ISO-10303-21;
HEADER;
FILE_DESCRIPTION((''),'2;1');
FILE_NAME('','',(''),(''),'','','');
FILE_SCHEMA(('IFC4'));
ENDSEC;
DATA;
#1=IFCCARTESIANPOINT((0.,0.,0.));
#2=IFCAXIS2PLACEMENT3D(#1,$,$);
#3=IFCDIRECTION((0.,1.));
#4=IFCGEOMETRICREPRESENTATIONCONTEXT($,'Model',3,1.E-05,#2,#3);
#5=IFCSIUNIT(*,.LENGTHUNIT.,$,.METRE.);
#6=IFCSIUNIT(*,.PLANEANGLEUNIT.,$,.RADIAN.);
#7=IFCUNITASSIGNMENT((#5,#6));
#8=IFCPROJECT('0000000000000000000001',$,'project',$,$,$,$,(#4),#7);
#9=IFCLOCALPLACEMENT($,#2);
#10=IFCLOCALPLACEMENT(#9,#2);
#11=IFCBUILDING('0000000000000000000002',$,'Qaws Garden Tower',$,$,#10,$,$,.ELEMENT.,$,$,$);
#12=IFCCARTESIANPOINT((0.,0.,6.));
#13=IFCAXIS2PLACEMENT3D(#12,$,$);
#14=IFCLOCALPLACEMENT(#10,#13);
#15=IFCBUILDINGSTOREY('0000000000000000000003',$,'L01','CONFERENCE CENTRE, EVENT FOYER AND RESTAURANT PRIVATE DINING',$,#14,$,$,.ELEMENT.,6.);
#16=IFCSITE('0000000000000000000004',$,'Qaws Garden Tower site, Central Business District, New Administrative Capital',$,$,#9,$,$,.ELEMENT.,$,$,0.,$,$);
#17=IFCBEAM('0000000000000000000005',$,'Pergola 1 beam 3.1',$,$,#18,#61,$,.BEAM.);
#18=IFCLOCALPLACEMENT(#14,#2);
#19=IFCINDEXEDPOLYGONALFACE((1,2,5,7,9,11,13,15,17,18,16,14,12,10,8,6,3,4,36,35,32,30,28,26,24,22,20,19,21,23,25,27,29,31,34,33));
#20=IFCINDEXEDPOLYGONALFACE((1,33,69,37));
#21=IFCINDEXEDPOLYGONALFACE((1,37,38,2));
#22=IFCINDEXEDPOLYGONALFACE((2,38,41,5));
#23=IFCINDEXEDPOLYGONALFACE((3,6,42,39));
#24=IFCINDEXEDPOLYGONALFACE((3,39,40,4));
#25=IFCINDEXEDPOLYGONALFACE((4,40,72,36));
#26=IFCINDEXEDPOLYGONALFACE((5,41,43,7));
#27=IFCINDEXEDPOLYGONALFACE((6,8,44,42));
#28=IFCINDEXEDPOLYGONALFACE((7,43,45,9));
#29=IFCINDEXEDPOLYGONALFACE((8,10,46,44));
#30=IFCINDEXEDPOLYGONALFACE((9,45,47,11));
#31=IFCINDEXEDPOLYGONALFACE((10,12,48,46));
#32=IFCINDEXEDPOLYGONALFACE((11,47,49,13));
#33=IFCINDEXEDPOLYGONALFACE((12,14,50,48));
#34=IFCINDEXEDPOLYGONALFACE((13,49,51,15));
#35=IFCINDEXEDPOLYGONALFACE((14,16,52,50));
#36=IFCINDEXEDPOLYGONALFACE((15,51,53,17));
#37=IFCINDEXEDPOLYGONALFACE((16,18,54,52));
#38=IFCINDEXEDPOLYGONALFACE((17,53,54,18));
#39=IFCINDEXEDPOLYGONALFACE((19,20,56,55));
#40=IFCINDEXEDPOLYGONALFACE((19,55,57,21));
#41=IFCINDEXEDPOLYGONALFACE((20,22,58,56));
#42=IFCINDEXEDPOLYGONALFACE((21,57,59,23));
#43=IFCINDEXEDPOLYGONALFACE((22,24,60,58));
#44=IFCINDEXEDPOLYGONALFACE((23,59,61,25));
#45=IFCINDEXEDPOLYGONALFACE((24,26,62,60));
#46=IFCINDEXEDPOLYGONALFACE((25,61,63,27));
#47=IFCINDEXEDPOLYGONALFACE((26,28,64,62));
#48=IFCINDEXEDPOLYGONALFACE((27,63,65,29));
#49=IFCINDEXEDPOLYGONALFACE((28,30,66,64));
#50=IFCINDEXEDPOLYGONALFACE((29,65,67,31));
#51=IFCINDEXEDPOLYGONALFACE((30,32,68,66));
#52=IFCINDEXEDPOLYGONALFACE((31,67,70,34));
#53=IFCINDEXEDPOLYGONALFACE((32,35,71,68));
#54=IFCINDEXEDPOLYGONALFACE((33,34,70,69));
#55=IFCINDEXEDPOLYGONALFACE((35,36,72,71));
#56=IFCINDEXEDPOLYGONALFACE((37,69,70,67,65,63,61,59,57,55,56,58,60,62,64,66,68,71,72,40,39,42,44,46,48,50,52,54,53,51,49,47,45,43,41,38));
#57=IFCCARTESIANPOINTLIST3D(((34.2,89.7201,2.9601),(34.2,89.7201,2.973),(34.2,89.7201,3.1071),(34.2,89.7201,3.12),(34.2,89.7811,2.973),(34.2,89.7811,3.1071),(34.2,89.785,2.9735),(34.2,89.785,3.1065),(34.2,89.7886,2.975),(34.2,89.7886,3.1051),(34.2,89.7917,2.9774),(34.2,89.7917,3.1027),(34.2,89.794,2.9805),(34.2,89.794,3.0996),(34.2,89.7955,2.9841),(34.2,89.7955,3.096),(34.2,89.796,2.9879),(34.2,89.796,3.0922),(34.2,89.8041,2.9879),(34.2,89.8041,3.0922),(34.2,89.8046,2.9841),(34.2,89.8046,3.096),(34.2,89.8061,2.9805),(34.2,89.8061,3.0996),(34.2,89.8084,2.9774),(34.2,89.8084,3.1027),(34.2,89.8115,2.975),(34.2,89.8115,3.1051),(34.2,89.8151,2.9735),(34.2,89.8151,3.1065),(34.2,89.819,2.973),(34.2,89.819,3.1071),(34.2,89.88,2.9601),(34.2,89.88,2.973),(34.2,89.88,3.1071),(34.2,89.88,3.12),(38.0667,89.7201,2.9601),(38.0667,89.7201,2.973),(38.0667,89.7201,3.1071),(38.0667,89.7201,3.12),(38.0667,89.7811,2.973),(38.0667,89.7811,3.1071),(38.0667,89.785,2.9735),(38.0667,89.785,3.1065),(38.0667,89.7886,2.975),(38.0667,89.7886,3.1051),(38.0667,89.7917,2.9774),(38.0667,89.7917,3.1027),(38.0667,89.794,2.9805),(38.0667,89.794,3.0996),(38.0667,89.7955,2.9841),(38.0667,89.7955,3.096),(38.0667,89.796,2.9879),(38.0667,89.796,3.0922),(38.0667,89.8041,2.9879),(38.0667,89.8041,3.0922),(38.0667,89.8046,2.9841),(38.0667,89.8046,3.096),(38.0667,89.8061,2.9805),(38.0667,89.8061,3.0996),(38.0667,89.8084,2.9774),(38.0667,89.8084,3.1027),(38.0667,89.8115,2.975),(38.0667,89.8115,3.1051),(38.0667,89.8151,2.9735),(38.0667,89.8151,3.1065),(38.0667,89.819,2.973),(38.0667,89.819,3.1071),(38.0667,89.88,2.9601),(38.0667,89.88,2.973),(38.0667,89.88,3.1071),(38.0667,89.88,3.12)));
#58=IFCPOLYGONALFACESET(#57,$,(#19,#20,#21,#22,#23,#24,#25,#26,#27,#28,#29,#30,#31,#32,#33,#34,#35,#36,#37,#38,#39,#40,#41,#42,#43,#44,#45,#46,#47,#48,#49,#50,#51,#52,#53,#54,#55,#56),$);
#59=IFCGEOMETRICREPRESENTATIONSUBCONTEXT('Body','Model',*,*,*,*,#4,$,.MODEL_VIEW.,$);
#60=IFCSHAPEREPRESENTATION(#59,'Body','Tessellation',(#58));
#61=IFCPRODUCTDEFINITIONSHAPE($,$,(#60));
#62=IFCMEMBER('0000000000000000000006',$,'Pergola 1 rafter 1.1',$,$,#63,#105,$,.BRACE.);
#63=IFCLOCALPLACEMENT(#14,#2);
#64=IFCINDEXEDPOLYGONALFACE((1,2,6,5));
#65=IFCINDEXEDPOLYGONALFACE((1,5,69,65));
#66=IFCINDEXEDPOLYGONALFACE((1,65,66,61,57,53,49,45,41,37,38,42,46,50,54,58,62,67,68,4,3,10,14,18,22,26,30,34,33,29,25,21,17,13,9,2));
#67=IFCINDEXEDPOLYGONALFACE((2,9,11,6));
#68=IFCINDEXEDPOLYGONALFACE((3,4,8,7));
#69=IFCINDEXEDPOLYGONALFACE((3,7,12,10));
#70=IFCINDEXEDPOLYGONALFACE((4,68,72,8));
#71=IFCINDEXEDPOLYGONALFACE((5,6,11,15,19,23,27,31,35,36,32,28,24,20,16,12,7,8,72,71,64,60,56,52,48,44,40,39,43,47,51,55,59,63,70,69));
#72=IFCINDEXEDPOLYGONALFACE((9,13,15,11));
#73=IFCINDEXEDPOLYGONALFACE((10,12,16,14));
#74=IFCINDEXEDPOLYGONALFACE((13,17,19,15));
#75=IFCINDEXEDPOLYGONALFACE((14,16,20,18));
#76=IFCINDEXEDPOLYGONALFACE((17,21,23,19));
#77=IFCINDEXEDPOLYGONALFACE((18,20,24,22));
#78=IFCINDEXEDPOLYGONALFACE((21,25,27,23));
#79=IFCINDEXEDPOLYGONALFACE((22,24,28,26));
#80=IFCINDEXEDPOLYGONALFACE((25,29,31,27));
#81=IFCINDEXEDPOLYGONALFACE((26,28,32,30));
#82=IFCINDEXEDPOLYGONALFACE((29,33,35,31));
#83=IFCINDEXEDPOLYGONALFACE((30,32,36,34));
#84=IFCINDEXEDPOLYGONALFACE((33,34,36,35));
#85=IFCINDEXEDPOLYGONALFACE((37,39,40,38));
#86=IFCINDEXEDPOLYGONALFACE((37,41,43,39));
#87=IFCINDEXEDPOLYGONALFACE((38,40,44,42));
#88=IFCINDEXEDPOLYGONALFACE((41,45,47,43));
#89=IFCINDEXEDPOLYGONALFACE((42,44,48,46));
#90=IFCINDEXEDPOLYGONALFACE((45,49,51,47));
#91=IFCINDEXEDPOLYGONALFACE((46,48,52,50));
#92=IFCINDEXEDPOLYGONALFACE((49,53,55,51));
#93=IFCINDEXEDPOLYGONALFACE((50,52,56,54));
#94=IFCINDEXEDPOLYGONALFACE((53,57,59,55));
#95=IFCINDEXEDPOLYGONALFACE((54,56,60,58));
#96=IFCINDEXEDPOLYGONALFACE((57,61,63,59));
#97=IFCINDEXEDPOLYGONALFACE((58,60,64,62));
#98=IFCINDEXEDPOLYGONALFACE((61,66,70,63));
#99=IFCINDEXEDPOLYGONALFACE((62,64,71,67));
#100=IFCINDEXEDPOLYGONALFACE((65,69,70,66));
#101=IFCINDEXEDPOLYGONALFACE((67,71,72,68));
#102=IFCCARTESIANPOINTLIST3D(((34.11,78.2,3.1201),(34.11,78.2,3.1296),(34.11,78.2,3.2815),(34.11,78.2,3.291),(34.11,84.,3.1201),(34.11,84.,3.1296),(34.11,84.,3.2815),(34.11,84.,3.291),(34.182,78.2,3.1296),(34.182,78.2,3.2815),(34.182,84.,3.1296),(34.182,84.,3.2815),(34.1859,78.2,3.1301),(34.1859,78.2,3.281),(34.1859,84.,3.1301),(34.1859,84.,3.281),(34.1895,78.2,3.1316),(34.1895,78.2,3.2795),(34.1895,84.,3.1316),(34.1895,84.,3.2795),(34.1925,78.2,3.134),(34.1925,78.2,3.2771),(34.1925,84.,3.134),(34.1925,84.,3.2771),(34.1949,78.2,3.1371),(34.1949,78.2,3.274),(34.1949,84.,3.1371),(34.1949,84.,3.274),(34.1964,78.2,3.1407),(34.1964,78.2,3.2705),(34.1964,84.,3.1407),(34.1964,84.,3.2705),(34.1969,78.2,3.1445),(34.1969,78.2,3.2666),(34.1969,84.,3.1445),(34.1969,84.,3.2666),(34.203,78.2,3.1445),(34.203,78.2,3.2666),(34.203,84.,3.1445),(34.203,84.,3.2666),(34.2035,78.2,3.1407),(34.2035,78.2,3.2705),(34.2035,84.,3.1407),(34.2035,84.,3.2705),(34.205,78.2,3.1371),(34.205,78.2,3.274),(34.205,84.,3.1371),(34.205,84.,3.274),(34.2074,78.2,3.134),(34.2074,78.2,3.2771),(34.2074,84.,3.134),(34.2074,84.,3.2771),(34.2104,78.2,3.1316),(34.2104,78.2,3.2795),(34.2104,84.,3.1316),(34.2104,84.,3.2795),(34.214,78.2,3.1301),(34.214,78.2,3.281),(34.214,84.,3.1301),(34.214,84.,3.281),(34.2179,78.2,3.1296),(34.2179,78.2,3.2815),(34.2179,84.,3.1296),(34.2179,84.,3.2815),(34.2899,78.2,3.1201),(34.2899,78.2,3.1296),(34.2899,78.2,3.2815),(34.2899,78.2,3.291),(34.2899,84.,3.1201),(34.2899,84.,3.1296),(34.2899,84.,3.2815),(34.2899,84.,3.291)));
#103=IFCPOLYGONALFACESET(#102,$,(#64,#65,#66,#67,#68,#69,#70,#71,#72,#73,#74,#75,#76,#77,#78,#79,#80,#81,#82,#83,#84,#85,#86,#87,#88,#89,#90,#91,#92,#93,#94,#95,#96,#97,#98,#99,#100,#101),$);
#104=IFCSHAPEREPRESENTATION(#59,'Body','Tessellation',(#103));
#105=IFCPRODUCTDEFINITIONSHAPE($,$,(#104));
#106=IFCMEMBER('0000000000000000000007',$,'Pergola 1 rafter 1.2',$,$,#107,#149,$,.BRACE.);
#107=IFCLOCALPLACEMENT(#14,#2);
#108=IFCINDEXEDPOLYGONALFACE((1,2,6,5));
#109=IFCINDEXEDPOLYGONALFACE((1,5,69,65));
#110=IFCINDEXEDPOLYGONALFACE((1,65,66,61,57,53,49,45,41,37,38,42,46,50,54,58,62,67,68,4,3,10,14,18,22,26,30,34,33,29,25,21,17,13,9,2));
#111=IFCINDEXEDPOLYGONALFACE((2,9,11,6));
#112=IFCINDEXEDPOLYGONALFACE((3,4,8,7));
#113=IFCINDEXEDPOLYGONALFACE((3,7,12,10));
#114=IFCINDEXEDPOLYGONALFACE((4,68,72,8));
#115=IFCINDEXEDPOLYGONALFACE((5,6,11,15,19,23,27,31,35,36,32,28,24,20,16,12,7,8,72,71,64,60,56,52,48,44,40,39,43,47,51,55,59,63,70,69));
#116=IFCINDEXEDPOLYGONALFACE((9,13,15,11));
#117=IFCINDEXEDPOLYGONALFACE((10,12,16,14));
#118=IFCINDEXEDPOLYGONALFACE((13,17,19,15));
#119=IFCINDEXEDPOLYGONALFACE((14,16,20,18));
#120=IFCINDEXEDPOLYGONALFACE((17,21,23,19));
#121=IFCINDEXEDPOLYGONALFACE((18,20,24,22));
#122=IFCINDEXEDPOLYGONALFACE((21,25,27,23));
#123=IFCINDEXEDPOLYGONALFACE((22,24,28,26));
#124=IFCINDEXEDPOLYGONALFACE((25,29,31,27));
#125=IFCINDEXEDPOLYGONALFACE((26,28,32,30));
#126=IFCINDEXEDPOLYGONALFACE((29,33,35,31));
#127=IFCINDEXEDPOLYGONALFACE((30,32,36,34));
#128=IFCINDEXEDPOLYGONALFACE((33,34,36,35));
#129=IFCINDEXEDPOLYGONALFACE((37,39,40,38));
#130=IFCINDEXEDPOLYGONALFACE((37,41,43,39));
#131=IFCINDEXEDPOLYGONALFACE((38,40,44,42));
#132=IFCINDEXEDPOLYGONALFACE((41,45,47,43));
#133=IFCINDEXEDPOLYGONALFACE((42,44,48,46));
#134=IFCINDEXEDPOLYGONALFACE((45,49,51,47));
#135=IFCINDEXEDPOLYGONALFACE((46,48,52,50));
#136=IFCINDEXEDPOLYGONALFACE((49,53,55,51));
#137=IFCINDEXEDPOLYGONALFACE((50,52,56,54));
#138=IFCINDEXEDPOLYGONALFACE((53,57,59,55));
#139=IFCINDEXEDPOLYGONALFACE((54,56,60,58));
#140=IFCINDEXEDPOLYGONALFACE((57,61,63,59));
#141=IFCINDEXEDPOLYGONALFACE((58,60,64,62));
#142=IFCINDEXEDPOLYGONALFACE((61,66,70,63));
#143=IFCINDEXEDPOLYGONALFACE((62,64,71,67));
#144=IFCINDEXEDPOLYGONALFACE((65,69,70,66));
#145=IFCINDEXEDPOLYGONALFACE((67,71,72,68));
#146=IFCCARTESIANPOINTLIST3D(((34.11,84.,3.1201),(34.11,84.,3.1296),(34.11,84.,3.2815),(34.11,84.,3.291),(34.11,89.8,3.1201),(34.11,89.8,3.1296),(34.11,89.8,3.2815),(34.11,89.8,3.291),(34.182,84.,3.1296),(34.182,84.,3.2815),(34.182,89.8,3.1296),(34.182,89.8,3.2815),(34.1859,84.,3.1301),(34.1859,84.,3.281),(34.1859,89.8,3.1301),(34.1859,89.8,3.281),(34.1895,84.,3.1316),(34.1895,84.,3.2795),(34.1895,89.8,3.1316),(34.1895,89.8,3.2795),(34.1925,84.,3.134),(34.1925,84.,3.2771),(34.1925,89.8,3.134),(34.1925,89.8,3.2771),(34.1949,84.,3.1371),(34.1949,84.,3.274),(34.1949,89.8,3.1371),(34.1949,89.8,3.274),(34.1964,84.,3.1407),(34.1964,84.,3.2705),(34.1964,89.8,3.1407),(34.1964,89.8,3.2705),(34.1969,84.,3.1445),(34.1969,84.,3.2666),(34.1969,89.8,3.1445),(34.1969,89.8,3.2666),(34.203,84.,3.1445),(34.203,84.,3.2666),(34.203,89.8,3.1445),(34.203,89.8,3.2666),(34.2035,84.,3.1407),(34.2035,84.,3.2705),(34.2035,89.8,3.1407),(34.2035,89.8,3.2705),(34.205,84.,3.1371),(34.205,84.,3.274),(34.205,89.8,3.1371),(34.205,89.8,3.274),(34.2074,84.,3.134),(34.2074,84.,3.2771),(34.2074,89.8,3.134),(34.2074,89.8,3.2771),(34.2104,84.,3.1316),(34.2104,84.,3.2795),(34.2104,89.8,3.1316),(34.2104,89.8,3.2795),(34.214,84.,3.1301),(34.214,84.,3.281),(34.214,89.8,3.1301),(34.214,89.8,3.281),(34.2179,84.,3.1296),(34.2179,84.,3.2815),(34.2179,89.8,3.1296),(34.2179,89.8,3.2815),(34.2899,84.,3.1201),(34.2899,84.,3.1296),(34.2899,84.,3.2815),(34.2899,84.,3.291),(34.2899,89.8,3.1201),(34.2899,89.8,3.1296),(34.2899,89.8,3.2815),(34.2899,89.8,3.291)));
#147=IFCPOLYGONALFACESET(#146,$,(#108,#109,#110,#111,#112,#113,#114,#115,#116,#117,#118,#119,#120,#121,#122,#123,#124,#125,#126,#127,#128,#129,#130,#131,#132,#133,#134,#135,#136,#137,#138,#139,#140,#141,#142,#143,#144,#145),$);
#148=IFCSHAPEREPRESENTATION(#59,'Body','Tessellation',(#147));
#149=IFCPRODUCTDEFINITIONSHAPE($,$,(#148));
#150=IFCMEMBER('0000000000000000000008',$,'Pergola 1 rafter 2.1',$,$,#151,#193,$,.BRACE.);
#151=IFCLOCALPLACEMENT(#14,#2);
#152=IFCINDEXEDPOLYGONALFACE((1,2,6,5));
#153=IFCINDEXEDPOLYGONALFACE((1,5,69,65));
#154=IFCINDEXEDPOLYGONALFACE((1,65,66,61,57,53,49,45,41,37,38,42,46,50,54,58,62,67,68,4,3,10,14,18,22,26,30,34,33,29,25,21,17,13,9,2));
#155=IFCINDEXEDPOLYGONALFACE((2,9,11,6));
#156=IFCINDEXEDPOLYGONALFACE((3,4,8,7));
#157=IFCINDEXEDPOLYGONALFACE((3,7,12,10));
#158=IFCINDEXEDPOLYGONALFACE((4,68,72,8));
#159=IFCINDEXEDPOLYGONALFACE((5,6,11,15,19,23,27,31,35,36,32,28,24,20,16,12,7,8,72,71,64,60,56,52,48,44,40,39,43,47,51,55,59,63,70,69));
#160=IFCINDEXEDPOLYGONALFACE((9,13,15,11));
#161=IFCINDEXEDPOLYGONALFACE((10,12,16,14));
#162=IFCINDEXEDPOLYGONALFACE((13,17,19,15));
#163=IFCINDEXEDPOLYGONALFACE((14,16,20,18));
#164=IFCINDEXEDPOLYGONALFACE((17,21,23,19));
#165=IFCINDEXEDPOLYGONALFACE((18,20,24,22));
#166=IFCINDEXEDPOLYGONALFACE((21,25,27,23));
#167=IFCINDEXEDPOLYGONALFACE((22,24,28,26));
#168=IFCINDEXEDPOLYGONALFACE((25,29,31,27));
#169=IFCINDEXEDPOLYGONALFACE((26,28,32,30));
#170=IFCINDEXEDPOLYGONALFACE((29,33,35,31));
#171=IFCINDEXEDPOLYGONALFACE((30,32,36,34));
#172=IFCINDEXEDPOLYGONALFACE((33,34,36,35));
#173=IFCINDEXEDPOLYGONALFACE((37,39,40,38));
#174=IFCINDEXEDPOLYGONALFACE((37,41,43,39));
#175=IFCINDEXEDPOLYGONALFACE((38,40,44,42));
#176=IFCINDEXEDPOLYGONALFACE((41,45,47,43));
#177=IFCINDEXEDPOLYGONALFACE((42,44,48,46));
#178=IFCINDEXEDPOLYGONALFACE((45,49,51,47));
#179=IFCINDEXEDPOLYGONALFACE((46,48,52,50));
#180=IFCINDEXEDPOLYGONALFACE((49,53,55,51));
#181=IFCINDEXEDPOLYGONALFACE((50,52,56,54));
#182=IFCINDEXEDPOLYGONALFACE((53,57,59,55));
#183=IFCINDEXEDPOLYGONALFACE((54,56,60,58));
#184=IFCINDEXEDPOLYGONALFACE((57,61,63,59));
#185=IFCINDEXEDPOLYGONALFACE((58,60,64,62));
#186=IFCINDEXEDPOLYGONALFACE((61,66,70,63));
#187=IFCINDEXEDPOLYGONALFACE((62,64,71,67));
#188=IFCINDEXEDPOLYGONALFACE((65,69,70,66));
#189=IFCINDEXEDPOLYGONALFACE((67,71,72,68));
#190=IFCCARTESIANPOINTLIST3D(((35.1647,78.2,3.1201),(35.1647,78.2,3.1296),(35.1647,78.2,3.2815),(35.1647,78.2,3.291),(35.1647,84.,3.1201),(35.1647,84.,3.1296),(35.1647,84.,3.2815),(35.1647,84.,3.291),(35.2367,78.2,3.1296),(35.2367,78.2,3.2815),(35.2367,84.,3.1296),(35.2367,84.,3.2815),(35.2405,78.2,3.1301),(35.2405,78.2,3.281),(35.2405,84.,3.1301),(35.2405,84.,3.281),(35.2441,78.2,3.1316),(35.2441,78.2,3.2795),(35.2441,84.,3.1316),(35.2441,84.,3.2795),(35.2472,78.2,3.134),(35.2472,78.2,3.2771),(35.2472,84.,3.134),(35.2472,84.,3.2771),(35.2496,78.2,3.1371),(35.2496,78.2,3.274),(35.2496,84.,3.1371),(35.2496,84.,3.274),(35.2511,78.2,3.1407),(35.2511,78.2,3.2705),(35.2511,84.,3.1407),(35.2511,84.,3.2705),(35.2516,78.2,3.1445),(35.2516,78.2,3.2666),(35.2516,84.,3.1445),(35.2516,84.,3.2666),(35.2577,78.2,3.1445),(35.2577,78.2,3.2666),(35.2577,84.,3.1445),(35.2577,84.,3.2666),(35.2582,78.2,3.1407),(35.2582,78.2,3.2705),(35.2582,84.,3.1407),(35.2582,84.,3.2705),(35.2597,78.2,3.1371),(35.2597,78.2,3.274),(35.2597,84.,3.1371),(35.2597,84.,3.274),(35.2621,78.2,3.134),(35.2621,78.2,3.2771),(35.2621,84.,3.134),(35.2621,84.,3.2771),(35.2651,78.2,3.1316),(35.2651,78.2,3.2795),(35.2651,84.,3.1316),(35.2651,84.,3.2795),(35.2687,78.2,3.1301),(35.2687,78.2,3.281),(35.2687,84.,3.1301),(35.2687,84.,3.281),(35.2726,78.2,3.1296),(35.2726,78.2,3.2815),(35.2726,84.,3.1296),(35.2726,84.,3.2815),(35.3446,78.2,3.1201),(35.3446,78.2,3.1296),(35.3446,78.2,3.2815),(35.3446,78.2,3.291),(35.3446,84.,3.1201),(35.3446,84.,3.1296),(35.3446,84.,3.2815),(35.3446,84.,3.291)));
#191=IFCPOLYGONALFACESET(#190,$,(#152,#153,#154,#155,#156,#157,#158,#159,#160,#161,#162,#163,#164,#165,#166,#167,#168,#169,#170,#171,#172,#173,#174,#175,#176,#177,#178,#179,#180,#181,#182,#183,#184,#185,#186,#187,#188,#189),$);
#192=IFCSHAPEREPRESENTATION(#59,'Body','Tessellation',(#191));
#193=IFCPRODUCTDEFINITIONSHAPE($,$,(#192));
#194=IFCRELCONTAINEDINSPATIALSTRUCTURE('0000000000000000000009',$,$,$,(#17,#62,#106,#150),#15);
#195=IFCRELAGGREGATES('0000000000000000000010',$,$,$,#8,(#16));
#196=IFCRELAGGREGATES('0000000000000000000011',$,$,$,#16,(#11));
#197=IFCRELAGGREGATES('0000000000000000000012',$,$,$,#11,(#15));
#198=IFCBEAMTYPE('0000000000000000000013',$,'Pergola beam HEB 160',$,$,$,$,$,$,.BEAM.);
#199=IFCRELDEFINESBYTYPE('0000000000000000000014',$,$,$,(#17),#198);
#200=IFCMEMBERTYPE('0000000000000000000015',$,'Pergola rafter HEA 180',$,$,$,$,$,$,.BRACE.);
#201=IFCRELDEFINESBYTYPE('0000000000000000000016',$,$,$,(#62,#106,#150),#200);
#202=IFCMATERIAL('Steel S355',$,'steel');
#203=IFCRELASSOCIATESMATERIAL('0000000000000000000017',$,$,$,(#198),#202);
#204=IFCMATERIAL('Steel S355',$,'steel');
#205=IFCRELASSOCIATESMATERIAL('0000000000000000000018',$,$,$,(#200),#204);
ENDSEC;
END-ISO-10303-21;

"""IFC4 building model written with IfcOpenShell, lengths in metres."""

from ifc_helpers import new_model, si_unit, direction, frame, origin, origin_2d, place, context, subcontext, project, spatial, i_section, extrude, material, material_profile, profile_set, type_object, element, save


model = new_model("IFC4")

# Units and contexts
model_context = context("Model", 3, precision=1e-05, world=origin(), true_north=direction((0.0, 1.0)))
body_context = subcontext(model_context, "Body", "Model", "MODEL_VIEW")
ifc_project = project(units=[si_unit("LENGTHUNIT", "METRE"), si_unit("PLANEANGLEUNIT", "RADIAN")], contexts=[model_context])

# Site, building, storey
site_placement = place(None, origin())
site = spatial("IfcSite", under=ifc_project, at=site_placement, Name="Qaws Garden Tower site, Central Business District, New Administrative Capital", CompositionType="ELEMENT", RefElevation=0.0)
building_placement = place(site_placement, origin())
building = spatial("IfcBuilding", under=site, at=building_placement, Name="Qaws Garden Tower", CompositionType="ELEMENT")
storey_placement = place(building_placement, frame((0.0, 0.0, 6.0)))
storey = spatial("IfcBuildingStorey", under=building, at=storey_placement, Name="L01", Description="CONFERENCE CENTRE, EVENT FOYER AND RESTAURANT PRIVATE DINING", CompositionType="ELEMENT", Elevation=6.0)

# Beam
ifc_material_1 = material(Name="Steel S355", Category="steel")
ifc_material_profile_1 = material_profile(ifc_material_1, i_section(OverallWidth=0.1599, OverallDepth=0.1599, WebThickness=0.0081, FlangeThickness=0.0129, FilletRadius=0.0149, at=origin_2d()), Name="HEB 160")
ifc_profile_set_1 = profile_set([ifc_material_profile_1], Name="Steel S355")
beam_type_1 = type_object("IfcBeamType", Name="Pergola beam HEB 160", PredefinedType="BEAM", material=ifc_profile_set_1)
for number, where, z_axis, x_axis, name in (
    (1, (34.2, 89.8, 3.04), (1.0, 0.0, 0.0), (0.0, 1.0, 0.0), "Pergola 1 beam 3.1"),
):
    element("IfcBeam", number, at=place(storey_placement, frame(where, z_axis=z_axis, x_axis=x_axis)), inside=storey, type_object=beam_type_1, Name=name, PredefinedType="BEAM", context=body_context, shape_type="SweptSolid", body=[
        extrude(i_section(OverallWidth=0.1599, OverallDepth=0.1599, WebThickness=0.0081, FlangeThickness=0.0129, FilletRadius=0.0149, at=origin_2d()), origin(), (0.0, 0.0, 1.0), 3.8667),
    ])

# Members
ifc_material_2 = material(Name="Steel S355", Category="steel")
ifc_material_profile_2 = material_profile(ifc_material_2, i_section(OverallWidth=0.1799, OverallDepth=0.1709, WebThickness=0.0061, FlangeThickness=0.0095, FilletRadius=0.0149, at=origin_2d()), Name="HEA 180")
ifc_profile_set_2 = profile_set([ifc_material_profile_2], Name="Steel S355")
member_type = type_object("IfcMemberType", Name="Pergola rafter HEA 180", PredefinedType="BRACE", material=ifc_profile_set_2)
for number, where, z_axis, x_axis, name in (
    (2, (34.2, 78.2, 3.2056), (0.0, 1.0, 0.0), (-1.0, 0.0, 0.0), "Pergola 1 rafter 1.1"),
    (3, (34.2, 84.0, 3.2056), (0.0, 1.0, 0.0), (-1.0, 0.0, 0.0), "Pergola 1 rafter 1.2"),
    (4, (35.2546, 78.2, 3.2056), (0.0, 1.0, 0.0), (-1.0, 0.0, 0.0), "Pergola 1 rafter 2.1"),
):
    element("IfcMember", number, at=place(storey_placement, frame(where, z_axis=z_axis, x_axis=x_axis)), inside=storey, type_object=member_type, Name=name, PredefinedType="BRACE", context=body_context, shape_type="SweptSolid", body=[
        extrude(i_section(OverallWidth=0.1799, OverallDepth=0.1709, WebThickness=0.0061, FlangeThickness=0.0095, FilletRadius=0.0149, at=origin_2d()), origin(), (0.0, 0.0, 1.0), 5.8),
    ])

save(model, "model.ifc")
